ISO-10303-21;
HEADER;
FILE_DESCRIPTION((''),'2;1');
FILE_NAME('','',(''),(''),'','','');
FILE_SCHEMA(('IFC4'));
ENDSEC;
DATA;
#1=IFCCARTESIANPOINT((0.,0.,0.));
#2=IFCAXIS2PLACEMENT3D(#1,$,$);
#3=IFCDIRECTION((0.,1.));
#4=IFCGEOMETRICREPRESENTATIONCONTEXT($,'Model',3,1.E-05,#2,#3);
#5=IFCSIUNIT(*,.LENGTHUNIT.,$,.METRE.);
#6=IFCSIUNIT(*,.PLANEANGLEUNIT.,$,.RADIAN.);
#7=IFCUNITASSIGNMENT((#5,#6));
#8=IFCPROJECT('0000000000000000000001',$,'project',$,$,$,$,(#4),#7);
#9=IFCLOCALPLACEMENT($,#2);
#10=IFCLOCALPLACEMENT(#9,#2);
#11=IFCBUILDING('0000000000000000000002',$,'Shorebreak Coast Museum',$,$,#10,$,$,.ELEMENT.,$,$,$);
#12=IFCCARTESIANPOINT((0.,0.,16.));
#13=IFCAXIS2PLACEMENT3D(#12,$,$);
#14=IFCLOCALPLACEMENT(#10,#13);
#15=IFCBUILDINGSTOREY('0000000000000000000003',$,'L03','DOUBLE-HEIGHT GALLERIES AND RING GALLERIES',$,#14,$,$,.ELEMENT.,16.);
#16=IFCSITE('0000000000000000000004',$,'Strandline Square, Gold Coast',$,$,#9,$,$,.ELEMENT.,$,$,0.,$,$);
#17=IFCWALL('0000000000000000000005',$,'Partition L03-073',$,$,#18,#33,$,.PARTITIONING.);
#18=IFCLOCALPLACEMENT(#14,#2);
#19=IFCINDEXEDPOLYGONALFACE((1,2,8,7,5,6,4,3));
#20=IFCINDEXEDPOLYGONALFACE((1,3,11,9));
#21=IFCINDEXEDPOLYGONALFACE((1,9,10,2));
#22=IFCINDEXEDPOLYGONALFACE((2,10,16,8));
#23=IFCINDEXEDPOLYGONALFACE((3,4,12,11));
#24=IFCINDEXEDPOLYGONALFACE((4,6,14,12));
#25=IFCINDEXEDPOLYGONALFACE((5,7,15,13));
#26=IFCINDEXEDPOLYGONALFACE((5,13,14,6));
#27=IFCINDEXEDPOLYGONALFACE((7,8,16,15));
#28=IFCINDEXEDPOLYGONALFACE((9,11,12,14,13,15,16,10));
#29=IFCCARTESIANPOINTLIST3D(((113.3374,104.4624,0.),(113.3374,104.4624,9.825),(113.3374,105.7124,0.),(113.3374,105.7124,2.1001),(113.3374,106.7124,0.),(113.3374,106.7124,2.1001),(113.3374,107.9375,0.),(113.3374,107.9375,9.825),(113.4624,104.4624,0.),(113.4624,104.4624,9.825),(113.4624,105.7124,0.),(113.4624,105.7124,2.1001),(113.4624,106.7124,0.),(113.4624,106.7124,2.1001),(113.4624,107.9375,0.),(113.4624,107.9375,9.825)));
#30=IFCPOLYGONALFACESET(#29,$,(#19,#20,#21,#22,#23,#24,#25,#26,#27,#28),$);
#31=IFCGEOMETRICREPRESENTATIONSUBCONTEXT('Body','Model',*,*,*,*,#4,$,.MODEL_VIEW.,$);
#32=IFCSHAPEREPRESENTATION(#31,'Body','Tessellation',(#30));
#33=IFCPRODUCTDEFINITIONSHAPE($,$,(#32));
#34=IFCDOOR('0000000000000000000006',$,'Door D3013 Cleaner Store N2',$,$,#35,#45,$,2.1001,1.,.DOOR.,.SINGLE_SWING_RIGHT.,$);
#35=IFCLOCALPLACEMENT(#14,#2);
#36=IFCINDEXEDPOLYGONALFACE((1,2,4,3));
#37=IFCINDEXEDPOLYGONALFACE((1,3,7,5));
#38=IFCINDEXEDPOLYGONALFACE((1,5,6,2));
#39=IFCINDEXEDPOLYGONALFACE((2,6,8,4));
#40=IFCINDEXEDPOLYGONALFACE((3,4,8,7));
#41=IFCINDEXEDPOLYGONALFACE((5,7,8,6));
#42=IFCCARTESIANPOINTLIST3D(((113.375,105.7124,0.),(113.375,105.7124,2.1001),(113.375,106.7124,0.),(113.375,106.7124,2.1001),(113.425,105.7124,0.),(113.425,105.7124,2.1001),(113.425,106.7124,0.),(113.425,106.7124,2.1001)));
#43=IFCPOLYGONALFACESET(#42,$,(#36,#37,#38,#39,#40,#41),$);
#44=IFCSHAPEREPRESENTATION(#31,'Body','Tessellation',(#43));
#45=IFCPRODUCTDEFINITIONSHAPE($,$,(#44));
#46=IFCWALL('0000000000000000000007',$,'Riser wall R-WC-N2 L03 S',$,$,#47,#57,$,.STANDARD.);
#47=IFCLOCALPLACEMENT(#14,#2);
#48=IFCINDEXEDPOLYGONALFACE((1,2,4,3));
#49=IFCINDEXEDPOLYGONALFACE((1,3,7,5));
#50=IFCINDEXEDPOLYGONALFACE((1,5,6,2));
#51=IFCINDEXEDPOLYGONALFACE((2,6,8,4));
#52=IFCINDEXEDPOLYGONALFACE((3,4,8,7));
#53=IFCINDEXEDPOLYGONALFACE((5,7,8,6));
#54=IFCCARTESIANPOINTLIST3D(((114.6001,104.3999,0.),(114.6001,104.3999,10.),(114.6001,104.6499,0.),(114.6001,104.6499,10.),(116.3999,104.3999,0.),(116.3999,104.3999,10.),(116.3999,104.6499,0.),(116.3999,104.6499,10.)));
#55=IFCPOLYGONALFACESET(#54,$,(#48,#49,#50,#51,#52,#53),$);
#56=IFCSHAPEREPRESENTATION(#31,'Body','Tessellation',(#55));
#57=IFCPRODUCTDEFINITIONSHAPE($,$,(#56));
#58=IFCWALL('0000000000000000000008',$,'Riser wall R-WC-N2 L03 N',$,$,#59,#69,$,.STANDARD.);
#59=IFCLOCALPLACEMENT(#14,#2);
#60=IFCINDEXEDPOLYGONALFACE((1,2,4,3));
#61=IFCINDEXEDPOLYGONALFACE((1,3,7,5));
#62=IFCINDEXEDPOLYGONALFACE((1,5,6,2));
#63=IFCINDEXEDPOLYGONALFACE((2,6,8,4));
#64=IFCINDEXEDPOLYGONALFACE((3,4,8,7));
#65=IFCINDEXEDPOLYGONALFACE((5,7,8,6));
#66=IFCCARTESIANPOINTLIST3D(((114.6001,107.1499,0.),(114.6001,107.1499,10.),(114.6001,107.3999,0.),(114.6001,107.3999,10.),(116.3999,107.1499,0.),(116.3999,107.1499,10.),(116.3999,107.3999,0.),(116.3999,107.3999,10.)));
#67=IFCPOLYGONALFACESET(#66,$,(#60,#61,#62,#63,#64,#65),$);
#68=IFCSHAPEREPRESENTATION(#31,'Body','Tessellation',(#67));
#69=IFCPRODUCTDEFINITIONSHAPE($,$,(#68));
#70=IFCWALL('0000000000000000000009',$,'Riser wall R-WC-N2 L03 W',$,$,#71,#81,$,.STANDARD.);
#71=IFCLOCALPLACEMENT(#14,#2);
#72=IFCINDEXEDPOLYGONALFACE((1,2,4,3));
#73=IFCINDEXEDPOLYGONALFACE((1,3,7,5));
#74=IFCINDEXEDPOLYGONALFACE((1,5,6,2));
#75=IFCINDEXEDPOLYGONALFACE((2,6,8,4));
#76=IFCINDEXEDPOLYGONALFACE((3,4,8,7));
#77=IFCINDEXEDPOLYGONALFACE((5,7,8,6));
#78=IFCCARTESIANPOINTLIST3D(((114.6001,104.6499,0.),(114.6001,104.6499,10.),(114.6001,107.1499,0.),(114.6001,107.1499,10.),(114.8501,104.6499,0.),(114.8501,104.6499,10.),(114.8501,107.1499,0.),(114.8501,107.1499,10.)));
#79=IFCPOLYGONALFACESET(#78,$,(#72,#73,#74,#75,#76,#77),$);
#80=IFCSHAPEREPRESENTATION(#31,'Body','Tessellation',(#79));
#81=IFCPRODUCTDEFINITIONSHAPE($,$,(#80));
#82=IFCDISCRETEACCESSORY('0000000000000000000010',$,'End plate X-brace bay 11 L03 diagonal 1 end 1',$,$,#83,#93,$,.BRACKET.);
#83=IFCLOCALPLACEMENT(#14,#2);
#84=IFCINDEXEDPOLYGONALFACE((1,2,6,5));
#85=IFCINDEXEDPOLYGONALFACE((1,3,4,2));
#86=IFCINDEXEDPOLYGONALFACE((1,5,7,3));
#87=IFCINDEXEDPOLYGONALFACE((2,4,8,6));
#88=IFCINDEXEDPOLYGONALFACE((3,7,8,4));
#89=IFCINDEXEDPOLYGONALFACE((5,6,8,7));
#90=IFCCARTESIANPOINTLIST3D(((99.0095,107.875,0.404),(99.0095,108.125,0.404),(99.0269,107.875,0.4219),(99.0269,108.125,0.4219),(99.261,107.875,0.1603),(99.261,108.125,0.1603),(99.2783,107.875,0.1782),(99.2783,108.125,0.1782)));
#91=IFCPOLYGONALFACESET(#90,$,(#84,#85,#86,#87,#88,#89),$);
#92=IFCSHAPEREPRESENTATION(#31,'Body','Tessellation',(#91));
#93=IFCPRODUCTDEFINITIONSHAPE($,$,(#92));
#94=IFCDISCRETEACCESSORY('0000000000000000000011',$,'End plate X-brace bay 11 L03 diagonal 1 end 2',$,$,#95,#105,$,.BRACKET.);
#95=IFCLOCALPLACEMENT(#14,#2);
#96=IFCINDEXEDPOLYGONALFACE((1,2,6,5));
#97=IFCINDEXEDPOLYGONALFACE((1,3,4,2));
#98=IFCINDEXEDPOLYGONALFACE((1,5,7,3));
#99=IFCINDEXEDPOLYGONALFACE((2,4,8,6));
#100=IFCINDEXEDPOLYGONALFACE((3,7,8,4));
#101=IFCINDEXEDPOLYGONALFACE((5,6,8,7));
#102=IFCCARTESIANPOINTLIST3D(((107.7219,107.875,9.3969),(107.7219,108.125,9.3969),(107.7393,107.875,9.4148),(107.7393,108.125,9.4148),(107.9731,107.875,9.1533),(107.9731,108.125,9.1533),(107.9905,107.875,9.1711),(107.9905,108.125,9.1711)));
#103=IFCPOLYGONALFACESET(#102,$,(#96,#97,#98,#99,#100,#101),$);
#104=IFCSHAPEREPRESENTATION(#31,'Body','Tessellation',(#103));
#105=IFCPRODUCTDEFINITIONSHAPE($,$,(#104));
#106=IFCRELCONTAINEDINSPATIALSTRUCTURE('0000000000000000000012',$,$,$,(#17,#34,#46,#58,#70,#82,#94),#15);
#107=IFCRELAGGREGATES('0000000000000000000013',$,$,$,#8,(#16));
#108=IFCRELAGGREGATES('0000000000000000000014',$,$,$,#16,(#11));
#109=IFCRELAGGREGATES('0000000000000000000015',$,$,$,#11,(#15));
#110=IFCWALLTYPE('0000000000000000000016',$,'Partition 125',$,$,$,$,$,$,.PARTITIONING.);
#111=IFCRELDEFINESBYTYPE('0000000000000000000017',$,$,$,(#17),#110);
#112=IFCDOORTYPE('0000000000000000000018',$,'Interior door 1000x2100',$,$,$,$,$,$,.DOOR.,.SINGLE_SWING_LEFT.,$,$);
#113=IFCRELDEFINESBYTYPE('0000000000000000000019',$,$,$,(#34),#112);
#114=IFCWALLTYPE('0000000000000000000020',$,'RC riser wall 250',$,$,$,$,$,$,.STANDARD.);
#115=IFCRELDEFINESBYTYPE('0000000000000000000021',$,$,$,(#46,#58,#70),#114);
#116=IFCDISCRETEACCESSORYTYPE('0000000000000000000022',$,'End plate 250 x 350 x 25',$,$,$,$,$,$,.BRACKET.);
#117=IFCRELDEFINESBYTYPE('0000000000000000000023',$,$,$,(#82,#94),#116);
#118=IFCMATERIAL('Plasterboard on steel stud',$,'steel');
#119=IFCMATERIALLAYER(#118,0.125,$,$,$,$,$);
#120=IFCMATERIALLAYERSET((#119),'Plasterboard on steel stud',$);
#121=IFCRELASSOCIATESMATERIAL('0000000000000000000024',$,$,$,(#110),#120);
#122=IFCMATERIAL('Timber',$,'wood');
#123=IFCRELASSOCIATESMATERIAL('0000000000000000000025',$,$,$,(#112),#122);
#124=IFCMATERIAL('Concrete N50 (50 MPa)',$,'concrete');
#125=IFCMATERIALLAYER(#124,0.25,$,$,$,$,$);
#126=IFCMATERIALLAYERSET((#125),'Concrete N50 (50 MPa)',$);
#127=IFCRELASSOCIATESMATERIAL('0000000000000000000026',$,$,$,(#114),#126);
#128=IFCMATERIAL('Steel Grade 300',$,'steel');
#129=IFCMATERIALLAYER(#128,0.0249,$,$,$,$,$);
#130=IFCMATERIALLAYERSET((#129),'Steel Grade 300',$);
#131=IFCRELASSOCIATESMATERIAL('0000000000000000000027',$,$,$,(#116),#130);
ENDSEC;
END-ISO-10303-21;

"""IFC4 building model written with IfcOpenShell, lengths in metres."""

from ifc_helpers import new_model, si_unit, direction, frame, frame_2d, origin, place, context, subcontext, project, spatial, polyline, rectangle, outline, extrude, material, layer, layer_set, type_object, element, fill, save


model = new_model("IFC4")

# Units and contexts
model_context = context("Model", 3, precision=1e-05, world=origin(), true_north=direction((0.0, 1.0)))
body_context = subcontext(model_context, "Body", "Model", "MODEL_VIEW")
ifc_project = project(units=[si_unit("LENGTHUNIT", "METRE"), si_unit("PLANEANGLEUNIT", "RADIAN")], contexts=[model_context])

# Site, building, storey
site_placement = place(None, origin())
site = spatial("IfcSite", under=ifc_project, at=site_placement, Name="Strandline Square, Gold Coast", CompositionType="ELEMENT", RefElevation=0.0)
building_placement = place(site_placement, origin())
building = spatial("IfcBuilding", under=site, at=building_placement, Name="Shorebreak Coast Museum", CompositionType="ELEMENT")
storey_placement = place(building_placement, frame((0.0, 0.0, 16.0)))
storey = spatial("IfcBuildingStorey", under=building, at=storey_placement, Name="L03", Description="DOUBLE-HEIGHT GALLERIES AND RING GALLERIES", CompositionType="ELEMENT", Elevation=16.0)

# Shared definitions
ifc_material_1 = material(Name="Plasterboard on steel stud", Category="steel")
ifc_layer_1 = layer(ifc_material_1, 0.125)
ifc_layer_set_1 = layer_set([ifc_layer_1], Name="Plasterboard on steel stud")
wall_type_1 = type_object("IfcWallType", Name="Partition 125", PredefinedType="PARTITIONING", material=ifc_layer_set_1)

# Shared definitions
ifc_material_2 = material(Name="Timber", Category="wood")
door_type_1 = type_object("IfcDoorType", Name="Interior door 1000x2100", OperationType="SINGLE_SWING_LEFT", PredefinedType="DOOR", material=ifc_material_2)

# Wall, opening, door
wall_1_placement = place(storey_placement, frame((113.3999, 104.4624, 0.0), z_axis=(0.0, 0.0, 1.0), x_axis=(0.0, 1.0, 0.0)))
wall_1 = element("IfcWall", 1, at=wall_1_placement, inside=storey, type_object=wall_type_1, Name="Partition L03-073", PredefinedType="PARTITIONING", context=body_context, shape_type="SweptSolid", body=[
    extrude(rectangle(XDim=3.4751, YDim=0.125, at=frame_2d((1.7375, 0.0))), origin(), (0.0, 0.0, 1.0), 9.825),
])
opening_1_placement = place(wall_1_placement, frame((1.25, 0.0, 0.0)))
opening_1 = element("IfcOpeningElement", 2, at=opening_1_placement, cuts=wall_1, PredefinedType="OPENING", context=body_context, shape_type="SweptSolid", body=[
    extrude(rectangle(XDim=1.0, YDim=2.1001, at=frame_2d((0.5, 1.05))), frame((0.0, 0.0725, 0.0), z_axis=(0.0, -1.0, 0.0), x_axis=(1.0, 0.0, 0.0)), (0.0, 0.0, 1.0), 0.145),
])
door_1_placement = place(opening_1_placement, origin())
door_1 = element("IfcDoor", 3, at=door_1_placement, inside=storey, type_object=door_type_1, Name="Door D3013 Cleaner Store N2", OperationType="SINGLE_SWING_RIGHT", OverallHeight=2.1001, OverallWidth=1.0, PredefinedType="DOOR", context=body_context, shape_type="SweptSolid", body=[
    extrude(rectangle(XDim=1.0, YDim=2.1001, at=frame_2d((0.5, 1.05))), frame((0.0, 0.0249, 0.0), z_axis=(0.0, -1.0, 0.0), x_axis=(1.0, 0.0, 0.0)), (0.0, 0.0, 1.0), 0.05),
])
fill(opening_1, door_1)

# Walls
ifc_material_3 = material(Name="Concrete N50 (50 MPa)", Category="concrete")
ifc_layer_2 = layer(ifc_material_3, 0.25)
ifc_layer_set_2 = layer_set([ifc_layer_2], Name="Concrete N50 (50 MPa)")
wall_type_2 = type_object("IfcWallType", Name="RC riser wall 250", PredefinedType="STANDARD", material=ifc_layer_set_2)
for number, where, z_axis, x_axis, name in (
    (4, (114.6001, 104.5249, 0.0), (0.0, 0.0, 1.0), (1.0, 0.0, 0.0), "Riser wall R-WC-N2 L03 S"),
    (5, (114.6001, 107.2749, 0.0), (0.0, 0.0, 1.0), (1.0, 0.0, 0.0), "Riser wall R-WC-N2 L03 N"),
):
    element("IfcWall", number, at=place(storey_placement, frame(where, z_axis=z_axis, x_axis=x_axis)), inside=storey, type_object=wall_type_2, Name=name, PredefinedType="STANDARD", context=body_context, shape_type="SweptSolid", body=[
        extrude(rectangle(XDim=1.7998, YDim=0.25, at=frame_2d((0.8999, 0.0))), origin(), (0.0, 0.0, 1.0), 10.0),
    ])
wall_2_placement = place(storey_placement, frame((114.7251, 104.6499, 0.0), z_axis=(0.0, 0.0, 1.0), x_axis=(0.0, 1.0, 0.0)))
element("IfcWall", 6, at=wall_2_placement, inside=storey, type_object=wall_type_2, Name="Riser wall R-WC-N2 L03 W", PredefinedType="STANDARD", context=body_context, shape_type="SweptSolid", body=[
    extrude(rectangle(XDim=2.5, YDim=0.25, at=frame_2d((1.25, 0.0))), origin(), (0.0, 0.0, 1.0), 10.0),
])

# Discrete accessories
ifc_material_4 = material(Name="Steel Grade 300", Category="steel")
ifc_layer_3 = layer(ifc_material_4, 0.0249)
ifc_layer_set_3 = layer_set([ifc_layer_3], Name="Steel Grade 300")
discrete_accessory_type = type_object("IfcDiscreteAccessoryType", Name="End plate 250 x 350 x 25", PredefinedType="BRACKET", material=ifc_layer_set_3)
discrete_accessory_1_placement = place(storey_placement, frame((99.2783, 107.875, 0.1782), z_axis=(0.695863, 0.0, 0.718175), x_axis=(0.0, 1.0, 0.0)))
element("IfcDiscreteAccessory", 7, at=discrete_accessory_1_placement, inside=storey, type_object=discrete_accessory_type, Name="End plate X-brace bay 11 L03 diagonal 1 end 1", PredefinedType="BRACKET", context=body_context, shape_type="SweptSolid", body=[
    extrude(outline(polyline([(0.0, 0.0), (0.25, 0.0), (0.25, 0.3501), (0.0, 0.3501), (0.0, 0.0)])), origin(), (0.0, 0.0, -1.0), 0.0249),
])
discrete_accessory_2_placement = place(storey_placement, frame((107.9905, 107.875, 9.1711), z_axis=(0.696211, 0.0, 0.717837), x_axis=(0.0, 1.0, 0.0)))
element("IfcDiscreteAccessory", 8, at=discrete_accessory_2_placement, inside=storey, type_object=discrete_accessory_type, Name="End plate X-brace bay 11 L03 diagonal 1 end 2", PredefinedType="BRACKET", context=body_context, shape_type="SweptSolid", body=[
    extrude(outline(polyline([(0.0, 0.0), (0.25, 0.0), (0.25, 0.35), (0.0, 0.35), (0.0, 0.0)])), origin(), (0.0, 0.0, -1.0), 0.0249),
])

save(model, "model.ifc")
